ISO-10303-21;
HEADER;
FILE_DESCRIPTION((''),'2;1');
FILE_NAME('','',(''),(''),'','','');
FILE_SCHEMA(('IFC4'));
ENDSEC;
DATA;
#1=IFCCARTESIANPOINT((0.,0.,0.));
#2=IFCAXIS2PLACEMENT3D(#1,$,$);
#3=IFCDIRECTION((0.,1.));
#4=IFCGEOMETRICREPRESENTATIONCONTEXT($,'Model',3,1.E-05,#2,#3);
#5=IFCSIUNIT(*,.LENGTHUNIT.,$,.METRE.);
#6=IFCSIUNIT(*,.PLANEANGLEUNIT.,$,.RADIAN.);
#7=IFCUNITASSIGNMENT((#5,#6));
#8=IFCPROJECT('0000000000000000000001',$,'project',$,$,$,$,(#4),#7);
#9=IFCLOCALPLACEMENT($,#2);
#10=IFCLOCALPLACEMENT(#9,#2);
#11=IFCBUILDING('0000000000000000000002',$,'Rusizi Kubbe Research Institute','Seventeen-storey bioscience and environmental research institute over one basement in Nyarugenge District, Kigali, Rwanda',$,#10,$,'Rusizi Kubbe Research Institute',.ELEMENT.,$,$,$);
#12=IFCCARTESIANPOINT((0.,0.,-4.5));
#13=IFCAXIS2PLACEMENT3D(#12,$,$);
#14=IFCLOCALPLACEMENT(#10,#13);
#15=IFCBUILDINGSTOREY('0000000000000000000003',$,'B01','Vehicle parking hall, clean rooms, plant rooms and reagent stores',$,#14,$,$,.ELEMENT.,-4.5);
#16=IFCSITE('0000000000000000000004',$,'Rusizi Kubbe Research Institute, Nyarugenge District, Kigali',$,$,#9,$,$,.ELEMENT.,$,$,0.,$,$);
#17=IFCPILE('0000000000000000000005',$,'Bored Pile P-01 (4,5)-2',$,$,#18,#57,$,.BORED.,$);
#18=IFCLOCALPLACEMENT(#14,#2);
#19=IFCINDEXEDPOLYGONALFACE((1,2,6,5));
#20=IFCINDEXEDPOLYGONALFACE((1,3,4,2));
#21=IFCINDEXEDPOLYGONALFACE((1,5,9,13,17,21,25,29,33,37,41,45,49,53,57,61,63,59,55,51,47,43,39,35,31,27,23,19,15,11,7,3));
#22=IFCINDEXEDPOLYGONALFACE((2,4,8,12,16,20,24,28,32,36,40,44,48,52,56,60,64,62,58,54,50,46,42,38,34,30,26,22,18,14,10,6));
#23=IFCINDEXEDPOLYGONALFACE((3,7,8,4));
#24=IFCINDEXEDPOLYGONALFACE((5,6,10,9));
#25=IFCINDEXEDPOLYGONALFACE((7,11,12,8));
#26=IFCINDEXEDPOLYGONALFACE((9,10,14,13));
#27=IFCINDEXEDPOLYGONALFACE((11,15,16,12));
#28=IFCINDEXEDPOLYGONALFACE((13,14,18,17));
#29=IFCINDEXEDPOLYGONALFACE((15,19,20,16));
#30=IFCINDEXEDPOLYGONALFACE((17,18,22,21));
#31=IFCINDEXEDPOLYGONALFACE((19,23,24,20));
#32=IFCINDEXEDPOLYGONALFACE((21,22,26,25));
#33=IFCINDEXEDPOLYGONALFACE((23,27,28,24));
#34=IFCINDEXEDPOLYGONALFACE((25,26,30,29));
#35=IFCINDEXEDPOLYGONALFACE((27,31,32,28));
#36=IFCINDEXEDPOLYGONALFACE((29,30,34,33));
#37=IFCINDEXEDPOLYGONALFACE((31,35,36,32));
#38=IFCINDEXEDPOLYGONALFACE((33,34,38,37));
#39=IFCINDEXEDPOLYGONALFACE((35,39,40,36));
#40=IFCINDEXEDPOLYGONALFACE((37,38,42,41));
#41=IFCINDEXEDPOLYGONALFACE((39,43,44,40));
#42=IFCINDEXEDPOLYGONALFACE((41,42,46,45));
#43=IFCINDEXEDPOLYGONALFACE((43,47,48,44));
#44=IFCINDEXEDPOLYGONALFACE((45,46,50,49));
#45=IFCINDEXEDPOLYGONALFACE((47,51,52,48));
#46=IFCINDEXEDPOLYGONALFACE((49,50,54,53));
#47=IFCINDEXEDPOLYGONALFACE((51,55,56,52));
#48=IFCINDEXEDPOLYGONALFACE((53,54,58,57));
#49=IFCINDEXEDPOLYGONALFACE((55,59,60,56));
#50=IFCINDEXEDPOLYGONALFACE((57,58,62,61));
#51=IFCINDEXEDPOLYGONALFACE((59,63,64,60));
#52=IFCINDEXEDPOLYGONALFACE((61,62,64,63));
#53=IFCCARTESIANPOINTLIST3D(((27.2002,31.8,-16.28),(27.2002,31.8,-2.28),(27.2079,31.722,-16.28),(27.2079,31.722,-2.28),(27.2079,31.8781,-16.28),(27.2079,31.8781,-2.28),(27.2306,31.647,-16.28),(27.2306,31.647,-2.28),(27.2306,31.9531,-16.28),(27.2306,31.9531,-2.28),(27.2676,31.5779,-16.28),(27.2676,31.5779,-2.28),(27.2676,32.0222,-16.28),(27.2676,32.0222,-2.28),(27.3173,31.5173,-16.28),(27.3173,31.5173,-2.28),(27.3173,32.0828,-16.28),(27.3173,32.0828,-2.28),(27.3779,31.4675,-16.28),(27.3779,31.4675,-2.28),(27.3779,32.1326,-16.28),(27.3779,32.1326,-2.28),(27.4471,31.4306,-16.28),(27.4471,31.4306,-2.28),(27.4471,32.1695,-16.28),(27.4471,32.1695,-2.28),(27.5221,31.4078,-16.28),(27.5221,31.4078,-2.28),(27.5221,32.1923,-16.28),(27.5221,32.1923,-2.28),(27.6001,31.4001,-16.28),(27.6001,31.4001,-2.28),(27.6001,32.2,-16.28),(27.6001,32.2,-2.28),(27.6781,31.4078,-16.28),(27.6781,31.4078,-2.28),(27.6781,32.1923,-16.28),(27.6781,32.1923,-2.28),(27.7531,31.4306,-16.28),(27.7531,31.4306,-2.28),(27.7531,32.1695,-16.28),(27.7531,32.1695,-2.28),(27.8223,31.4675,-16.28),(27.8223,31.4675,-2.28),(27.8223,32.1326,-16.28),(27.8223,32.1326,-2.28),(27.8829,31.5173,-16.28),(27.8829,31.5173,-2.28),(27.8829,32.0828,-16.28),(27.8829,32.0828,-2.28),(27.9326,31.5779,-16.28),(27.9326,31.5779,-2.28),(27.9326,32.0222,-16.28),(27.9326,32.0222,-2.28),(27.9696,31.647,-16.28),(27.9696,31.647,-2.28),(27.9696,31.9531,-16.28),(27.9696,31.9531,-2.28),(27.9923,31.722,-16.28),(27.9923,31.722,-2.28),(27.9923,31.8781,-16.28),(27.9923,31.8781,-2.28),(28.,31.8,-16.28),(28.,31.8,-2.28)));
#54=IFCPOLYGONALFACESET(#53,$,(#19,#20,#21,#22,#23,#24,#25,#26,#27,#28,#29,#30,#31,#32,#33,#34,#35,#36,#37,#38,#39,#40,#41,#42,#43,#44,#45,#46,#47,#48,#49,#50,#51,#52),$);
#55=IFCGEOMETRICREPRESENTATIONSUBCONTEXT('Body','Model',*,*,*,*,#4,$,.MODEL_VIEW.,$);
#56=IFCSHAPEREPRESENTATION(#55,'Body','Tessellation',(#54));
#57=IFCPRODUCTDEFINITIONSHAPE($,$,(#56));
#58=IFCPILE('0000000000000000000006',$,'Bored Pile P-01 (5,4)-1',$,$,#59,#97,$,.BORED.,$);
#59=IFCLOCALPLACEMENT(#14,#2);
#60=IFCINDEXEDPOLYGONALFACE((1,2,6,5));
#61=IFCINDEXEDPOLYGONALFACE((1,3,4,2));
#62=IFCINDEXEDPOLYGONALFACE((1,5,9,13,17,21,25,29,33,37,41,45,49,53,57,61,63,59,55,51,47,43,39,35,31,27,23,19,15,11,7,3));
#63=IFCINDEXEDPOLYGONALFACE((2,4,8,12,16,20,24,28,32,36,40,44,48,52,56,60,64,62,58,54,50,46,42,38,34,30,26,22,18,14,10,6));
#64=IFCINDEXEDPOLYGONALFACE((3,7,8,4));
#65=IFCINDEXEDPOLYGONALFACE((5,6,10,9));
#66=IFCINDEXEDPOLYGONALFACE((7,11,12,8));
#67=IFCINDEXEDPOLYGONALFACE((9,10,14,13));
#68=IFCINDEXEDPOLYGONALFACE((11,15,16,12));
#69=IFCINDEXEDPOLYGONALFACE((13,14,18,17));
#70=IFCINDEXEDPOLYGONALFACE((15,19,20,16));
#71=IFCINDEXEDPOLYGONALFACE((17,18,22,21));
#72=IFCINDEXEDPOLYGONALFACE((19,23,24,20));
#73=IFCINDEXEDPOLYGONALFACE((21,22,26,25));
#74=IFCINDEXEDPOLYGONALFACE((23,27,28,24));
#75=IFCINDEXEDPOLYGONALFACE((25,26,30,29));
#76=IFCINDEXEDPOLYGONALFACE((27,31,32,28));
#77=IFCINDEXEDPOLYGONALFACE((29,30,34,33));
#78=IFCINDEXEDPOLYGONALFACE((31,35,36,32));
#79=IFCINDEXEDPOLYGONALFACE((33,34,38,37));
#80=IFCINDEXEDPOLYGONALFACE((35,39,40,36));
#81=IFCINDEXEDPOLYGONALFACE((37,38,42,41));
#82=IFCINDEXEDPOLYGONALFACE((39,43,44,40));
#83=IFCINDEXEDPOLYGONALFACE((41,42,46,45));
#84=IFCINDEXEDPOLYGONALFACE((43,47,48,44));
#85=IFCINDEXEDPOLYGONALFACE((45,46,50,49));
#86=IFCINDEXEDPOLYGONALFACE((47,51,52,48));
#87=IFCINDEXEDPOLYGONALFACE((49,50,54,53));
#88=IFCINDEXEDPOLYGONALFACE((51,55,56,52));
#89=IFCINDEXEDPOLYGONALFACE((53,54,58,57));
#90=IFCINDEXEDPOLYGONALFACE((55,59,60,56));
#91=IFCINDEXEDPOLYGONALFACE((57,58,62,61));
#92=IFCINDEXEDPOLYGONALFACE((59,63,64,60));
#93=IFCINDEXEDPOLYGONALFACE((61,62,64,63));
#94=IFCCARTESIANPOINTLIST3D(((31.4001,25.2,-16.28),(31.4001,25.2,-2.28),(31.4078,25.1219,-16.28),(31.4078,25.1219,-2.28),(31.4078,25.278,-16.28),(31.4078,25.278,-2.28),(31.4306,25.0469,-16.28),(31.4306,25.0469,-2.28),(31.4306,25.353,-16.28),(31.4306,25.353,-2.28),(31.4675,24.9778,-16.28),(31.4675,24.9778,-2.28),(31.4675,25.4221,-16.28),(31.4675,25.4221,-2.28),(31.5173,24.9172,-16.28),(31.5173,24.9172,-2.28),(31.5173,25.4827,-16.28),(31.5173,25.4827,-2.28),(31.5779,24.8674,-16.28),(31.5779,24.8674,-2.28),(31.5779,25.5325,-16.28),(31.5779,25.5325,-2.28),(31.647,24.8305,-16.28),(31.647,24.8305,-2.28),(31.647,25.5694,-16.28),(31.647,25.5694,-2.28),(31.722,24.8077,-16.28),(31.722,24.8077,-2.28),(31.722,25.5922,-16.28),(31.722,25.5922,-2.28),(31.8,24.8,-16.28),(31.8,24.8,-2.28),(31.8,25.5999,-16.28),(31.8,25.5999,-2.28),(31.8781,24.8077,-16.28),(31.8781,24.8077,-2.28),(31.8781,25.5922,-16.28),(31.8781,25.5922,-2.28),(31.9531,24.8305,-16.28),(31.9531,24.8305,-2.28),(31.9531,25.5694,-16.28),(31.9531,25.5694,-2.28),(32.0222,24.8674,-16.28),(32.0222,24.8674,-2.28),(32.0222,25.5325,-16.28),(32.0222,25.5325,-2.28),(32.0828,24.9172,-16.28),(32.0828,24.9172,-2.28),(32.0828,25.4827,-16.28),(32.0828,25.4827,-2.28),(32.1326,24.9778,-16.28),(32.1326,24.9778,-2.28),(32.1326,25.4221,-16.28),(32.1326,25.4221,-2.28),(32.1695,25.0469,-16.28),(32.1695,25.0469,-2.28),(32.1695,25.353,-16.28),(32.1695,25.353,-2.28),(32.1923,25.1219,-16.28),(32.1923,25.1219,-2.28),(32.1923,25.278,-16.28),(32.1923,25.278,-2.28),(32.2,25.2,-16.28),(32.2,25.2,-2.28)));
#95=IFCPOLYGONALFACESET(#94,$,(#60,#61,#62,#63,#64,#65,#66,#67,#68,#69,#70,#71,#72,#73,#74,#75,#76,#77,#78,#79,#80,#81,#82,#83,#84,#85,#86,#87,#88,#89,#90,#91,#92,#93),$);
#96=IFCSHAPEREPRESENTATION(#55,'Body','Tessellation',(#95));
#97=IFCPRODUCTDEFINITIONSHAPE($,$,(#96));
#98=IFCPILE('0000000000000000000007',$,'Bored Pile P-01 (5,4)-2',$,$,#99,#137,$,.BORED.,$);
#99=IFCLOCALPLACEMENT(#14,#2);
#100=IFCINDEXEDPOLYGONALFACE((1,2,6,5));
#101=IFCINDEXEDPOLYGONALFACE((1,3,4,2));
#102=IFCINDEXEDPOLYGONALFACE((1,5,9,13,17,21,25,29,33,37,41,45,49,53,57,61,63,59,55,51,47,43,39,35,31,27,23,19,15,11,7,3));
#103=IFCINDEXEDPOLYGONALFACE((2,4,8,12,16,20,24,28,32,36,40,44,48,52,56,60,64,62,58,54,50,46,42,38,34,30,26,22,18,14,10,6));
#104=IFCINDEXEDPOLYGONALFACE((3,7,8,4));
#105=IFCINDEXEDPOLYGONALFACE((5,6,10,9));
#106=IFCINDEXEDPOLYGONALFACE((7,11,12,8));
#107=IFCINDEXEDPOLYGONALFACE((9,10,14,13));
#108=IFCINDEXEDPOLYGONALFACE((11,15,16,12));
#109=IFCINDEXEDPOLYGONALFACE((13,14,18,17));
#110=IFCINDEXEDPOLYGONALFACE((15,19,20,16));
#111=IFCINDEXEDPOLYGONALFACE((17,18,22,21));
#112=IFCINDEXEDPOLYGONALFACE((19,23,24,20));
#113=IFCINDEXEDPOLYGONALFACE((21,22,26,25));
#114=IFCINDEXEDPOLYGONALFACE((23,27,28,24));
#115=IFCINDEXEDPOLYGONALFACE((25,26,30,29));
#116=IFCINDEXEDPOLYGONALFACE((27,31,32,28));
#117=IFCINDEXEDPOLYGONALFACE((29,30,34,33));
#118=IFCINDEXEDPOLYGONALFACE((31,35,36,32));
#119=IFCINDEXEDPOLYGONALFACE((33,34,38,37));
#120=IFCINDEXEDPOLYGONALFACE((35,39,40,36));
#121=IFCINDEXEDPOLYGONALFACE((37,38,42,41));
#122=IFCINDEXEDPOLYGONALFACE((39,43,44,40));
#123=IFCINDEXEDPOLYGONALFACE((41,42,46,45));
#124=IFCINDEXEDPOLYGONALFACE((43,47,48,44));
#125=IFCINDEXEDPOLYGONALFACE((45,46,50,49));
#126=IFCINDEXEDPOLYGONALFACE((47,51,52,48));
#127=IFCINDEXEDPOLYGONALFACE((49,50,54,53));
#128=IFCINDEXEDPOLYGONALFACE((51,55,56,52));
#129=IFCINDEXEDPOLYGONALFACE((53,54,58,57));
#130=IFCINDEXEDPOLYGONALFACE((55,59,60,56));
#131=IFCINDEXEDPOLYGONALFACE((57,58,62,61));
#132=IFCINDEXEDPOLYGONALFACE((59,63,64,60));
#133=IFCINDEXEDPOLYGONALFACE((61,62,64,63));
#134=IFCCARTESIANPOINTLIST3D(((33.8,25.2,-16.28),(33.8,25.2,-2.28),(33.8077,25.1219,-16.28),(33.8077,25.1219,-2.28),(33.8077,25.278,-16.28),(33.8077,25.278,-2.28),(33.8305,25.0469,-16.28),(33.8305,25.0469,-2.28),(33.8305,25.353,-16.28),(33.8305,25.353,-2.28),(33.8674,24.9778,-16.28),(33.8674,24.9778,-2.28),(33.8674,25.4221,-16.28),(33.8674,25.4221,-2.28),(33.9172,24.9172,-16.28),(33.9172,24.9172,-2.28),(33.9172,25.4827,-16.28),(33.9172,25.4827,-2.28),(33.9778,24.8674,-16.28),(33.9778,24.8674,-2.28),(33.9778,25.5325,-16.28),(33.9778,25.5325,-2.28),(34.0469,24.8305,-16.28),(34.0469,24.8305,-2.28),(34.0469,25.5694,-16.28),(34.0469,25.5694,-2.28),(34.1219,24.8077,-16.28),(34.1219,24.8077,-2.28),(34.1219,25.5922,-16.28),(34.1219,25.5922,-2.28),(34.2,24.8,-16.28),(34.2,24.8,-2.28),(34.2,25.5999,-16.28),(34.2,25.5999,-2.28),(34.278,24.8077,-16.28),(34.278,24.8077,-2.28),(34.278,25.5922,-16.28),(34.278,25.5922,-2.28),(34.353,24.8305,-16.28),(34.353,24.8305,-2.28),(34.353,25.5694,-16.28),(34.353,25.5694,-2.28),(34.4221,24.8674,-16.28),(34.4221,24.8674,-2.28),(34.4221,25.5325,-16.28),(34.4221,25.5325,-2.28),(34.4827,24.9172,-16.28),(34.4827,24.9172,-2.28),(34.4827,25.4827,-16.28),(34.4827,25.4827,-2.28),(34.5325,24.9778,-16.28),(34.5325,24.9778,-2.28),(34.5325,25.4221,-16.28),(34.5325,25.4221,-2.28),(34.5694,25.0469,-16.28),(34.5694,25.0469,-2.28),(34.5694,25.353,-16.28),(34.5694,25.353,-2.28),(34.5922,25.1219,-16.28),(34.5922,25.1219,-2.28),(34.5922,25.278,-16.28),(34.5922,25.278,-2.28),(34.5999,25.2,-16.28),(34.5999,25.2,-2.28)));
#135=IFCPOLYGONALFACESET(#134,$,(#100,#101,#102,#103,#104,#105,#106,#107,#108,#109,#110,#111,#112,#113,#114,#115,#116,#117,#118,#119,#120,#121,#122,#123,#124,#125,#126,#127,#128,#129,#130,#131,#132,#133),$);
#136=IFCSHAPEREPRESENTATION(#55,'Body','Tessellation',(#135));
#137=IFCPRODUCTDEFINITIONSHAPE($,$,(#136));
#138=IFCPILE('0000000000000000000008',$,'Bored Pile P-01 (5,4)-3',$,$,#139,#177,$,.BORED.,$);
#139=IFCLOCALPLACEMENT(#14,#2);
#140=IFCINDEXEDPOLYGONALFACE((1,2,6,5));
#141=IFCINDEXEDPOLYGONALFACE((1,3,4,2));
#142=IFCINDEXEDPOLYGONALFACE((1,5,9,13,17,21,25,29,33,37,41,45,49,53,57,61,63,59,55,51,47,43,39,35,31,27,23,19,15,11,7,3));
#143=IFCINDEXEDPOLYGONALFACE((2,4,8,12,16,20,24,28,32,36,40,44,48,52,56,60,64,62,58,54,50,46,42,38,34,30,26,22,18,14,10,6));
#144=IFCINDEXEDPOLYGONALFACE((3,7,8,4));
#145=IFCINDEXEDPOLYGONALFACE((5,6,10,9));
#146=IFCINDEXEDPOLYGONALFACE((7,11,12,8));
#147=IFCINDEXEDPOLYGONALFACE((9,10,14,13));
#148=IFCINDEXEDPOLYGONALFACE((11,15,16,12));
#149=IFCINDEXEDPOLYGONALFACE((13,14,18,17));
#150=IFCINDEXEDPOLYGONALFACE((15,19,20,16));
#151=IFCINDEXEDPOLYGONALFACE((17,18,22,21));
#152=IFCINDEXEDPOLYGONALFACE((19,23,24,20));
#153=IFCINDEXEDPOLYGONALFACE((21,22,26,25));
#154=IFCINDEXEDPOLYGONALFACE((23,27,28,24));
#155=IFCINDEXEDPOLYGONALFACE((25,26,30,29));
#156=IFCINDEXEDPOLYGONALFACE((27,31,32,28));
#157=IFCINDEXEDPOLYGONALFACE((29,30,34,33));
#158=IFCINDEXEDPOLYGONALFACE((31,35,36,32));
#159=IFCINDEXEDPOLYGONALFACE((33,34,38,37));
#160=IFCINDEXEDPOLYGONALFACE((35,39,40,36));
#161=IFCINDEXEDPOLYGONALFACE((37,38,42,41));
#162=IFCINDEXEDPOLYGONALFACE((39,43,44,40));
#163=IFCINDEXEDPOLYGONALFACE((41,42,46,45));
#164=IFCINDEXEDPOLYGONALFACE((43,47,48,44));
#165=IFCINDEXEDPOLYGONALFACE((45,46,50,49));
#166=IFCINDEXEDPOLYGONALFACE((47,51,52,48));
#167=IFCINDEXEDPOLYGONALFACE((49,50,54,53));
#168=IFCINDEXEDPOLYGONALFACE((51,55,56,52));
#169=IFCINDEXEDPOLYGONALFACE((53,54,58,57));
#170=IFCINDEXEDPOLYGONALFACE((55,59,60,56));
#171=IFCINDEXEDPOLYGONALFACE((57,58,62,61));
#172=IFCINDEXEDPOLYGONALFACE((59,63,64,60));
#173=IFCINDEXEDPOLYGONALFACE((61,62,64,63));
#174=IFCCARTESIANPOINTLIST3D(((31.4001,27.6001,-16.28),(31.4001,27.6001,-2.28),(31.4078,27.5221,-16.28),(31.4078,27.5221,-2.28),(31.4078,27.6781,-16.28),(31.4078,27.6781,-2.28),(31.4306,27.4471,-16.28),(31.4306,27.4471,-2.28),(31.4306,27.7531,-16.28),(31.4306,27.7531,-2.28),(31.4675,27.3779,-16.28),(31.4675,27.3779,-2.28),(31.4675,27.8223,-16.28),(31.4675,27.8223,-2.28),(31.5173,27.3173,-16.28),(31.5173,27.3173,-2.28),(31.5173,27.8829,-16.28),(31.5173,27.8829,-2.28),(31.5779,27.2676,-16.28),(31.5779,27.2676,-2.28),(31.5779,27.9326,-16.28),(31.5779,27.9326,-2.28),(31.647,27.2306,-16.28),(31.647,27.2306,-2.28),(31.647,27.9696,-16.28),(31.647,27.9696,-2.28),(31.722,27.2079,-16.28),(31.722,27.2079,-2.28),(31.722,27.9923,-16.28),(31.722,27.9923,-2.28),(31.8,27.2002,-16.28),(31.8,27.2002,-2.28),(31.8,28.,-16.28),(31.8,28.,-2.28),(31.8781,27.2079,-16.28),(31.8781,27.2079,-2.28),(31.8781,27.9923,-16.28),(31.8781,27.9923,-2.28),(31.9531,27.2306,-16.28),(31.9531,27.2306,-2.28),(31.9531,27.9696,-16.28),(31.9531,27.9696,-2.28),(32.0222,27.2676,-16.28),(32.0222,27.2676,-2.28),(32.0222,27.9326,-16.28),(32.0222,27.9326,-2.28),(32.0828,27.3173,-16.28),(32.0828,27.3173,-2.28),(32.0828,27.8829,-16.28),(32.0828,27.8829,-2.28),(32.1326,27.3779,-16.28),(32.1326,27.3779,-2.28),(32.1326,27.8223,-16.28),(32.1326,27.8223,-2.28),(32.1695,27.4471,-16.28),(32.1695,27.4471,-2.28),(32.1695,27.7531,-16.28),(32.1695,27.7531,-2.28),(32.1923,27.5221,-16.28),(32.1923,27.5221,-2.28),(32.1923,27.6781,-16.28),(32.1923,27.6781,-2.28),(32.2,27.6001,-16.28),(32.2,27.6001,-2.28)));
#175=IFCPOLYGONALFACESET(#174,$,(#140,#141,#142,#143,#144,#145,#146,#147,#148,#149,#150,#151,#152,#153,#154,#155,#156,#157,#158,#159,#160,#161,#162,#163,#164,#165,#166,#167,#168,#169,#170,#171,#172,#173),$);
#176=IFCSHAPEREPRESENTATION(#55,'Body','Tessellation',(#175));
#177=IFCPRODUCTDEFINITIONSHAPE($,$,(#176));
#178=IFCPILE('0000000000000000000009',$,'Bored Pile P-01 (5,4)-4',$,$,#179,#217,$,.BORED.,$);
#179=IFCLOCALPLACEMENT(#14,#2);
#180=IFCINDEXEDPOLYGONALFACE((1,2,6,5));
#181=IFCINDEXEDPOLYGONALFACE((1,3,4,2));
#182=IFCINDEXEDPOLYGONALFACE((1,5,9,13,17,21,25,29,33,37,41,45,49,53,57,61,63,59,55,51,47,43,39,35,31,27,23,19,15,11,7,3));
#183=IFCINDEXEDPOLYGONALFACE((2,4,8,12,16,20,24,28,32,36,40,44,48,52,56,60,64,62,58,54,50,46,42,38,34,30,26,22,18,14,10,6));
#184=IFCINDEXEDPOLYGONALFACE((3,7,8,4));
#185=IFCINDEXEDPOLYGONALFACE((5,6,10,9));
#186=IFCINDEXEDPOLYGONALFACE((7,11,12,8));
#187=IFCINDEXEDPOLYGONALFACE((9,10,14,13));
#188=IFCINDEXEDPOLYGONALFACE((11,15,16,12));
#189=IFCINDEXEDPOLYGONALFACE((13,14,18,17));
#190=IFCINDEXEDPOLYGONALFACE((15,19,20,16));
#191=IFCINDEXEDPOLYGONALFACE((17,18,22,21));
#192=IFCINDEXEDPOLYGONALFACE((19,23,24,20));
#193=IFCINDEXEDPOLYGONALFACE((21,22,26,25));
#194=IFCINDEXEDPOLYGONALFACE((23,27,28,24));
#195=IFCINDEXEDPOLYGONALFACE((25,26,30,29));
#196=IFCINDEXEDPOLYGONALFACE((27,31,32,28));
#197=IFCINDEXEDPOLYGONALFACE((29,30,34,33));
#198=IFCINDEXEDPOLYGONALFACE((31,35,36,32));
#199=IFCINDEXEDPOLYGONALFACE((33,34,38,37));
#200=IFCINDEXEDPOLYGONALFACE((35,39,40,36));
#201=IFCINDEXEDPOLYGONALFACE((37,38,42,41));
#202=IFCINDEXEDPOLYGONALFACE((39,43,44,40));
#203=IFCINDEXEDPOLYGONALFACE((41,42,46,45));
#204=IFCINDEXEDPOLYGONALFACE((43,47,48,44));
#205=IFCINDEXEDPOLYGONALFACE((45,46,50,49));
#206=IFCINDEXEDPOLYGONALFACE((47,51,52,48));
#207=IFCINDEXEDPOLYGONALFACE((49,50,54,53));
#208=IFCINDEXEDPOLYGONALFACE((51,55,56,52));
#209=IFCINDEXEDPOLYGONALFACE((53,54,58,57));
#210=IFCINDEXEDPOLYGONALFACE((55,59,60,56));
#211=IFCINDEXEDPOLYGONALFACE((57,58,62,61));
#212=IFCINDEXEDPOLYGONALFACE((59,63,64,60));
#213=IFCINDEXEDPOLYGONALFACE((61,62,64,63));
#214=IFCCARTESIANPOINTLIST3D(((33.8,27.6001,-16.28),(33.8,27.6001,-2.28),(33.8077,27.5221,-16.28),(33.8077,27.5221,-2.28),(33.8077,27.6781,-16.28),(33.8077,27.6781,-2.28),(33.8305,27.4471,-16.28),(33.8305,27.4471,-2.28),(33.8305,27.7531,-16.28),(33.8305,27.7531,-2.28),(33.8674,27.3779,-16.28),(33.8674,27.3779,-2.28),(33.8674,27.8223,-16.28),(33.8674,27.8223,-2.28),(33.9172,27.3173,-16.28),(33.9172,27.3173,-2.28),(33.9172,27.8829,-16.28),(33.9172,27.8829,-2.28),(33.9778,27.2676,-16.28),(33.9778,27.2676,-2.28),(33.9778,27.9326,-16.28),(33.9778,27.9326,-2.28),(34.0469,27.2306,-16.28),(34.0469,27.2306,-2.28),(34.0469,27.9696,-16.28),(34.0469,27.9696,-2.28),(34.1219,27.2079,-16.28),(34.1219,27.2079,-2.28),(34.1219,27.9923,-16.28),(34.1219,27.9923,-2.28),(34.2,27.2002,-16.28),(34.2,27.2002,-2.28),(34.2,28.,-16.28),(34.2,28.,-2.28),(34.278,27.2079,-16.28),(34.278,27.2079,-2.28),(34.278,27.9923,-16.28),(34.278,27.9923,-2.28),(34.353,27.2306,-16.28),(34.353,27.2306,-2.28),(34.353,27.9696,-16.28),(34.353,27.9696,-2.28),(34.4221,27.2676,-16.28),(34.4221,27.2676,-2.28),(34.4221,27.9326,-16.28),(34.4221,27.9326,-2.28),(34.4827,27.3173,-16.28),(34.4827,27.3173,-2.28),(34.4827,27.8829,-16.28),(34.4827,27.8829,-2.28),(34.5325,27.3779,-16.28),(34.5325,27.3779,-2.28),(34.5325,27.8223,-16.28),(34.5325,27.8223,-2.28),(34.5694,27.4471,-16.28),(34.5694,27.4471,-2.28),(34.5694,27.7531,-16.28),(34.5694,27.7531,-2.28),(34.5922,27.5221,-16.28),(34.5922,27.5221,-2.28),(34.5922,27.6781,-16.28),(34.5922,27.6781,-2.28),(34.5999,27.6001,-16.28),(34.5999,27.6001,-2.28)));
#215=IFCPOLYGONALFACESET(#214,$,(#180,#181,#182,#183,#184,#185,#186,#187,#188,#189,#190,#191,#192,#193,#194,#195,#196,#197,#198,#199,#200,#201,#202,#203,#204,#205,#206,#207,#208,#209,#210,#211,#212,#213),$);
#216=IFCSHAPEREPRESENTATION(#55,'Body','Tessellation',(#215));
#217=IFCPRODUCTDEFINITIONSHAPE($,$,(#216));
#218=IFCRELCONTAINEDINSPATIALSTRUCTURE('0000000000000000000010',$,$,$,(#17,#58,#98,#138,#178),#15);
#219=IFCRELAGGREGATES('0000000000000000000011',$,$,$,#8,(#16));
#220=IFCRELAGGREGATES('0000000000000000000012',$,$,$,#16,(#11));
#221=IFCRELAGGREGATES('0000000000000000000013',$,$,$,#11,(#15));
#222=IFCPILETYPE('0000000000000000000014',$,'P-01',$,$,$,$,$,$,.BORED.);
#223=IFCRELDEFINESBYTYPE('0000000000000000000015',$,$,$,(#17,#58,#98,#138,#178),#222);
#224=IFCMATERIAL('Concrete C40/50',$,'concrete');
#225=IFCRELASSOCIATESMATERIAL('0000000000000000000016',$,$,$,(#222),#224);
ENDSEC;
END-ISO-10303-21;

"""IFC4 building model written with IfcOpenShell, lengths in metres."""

from ifc_helpers import new_model, si_unit, direction, frame, origin, origin_2d, place, context, subcontext, project, spatial, circle, extrude, material, material_profile, profile_set, type_object, element, save


model = new_model("IFC4")

# Units and contexts
model_context = context("Model", 3, precision=1e-05, world=origin(), true_north=direction((0.0, 1.0)))
body_context = subcontext(model_context, "Body", "Model", "MODEL_VIEW")
ifc_project = project(units=[si_unit("LENGTHUNIT", "METRE"), si_unit("PLANEANGLEUNIT", "RADIAN")], contexts=[model_context])

# Site, building, storey
site_placement = place(None, origin())
site = spatial("IfcSite", under=ifc_project, at=site_placement, Name="Rusizi Kubbe Research Institute, Nyarugenge District, Kigali", CompositionType="ELEMENT", RefElevation=0.0)
building_placement = place(site_placement, origin())
building = spatial("IfcBuilding", under=site, at=building_placement, Name="Rusizi Kubbe Research Institute", Description="Seventeen-storey bioscience and environmental research institute over one basement in Nyarugenge District, Kigali, Rwanda", LongName="Rusizi Kubbe Research Institute", CompositionType="ELEMENT")
storey_placement = place(building_placement, frame((0.0, 0.0, -4.5)))
storey = spatial("IfcBuildingStorey", under=building, at=storey_placement, Name="B01", Description="Vehicle parking hall, clean rooms, plant rooms and reagent stores", CompositionType="ELEMENT", Elevation=-4.5)

# Piles
ifc_material_1 = material(Name="Concrete C40/50", Category="concrete")
ifc_material_profile_1 = material_profile(ifc_material_1, circle(Radius=0.3999, at=origin_2d()), Name="PILE-D800")
ifc_profile_set_1 = profile_set([ifc_material_profile_1], Name="Concrete C40/50")
pile_type_1 = type_object("IfcPileType", Name="P-01", PredefinedType="BORED", material=ifc_profile_set_1)
for number, where, z_axis, x_axis, name in (
    (1, (27.6001, 31.8, -2.28), (0.0, 0.0, -1.0), (1.0, 0.0, 0.0), "Bored Pile P-01 (4,5)-2"),
    (2, (31.8, 25.2, -2.28), (0.0, 0.0, -1.0), (1.0, 0.0, 0.0), "Bored Pile P-01 (5,4)-1"),
    (3, (34.2, 25.2, -2.28), (0.0, 0.0, -1.0), (1.0, 0.0, 0.0), "Bored Pile P-01 (5,4)-2"),
    (4, (31.8, 27.6001, -2.28), (0.0, 0.0, -1.0), (1.0, 0.0, 0.0), "Bored Pile P-01 (5,4)-3"),
    (5, (34.2, 27.6001, -2.28), (0.0, 0.0, -1.0), (1.0, 0.0, 0.0), "Bored Pile P-01 (5,4)-4"),
):
    element("IfcPile", number, at=place(storey_placement, frame(where, z_axis=z_axis, x_axis=x_axis)), inside=storey, type_object=pile_type_1, Name=name, PredefinedType="BORED", context=body_context, shape_type="SweptSolid", body=[
        extrude(circle(Radius=0.3999, at=origin_2d()), origin(), (0.0, 0.0, 1.0), 14.0),
    ])

save(model, "model.ifc")
